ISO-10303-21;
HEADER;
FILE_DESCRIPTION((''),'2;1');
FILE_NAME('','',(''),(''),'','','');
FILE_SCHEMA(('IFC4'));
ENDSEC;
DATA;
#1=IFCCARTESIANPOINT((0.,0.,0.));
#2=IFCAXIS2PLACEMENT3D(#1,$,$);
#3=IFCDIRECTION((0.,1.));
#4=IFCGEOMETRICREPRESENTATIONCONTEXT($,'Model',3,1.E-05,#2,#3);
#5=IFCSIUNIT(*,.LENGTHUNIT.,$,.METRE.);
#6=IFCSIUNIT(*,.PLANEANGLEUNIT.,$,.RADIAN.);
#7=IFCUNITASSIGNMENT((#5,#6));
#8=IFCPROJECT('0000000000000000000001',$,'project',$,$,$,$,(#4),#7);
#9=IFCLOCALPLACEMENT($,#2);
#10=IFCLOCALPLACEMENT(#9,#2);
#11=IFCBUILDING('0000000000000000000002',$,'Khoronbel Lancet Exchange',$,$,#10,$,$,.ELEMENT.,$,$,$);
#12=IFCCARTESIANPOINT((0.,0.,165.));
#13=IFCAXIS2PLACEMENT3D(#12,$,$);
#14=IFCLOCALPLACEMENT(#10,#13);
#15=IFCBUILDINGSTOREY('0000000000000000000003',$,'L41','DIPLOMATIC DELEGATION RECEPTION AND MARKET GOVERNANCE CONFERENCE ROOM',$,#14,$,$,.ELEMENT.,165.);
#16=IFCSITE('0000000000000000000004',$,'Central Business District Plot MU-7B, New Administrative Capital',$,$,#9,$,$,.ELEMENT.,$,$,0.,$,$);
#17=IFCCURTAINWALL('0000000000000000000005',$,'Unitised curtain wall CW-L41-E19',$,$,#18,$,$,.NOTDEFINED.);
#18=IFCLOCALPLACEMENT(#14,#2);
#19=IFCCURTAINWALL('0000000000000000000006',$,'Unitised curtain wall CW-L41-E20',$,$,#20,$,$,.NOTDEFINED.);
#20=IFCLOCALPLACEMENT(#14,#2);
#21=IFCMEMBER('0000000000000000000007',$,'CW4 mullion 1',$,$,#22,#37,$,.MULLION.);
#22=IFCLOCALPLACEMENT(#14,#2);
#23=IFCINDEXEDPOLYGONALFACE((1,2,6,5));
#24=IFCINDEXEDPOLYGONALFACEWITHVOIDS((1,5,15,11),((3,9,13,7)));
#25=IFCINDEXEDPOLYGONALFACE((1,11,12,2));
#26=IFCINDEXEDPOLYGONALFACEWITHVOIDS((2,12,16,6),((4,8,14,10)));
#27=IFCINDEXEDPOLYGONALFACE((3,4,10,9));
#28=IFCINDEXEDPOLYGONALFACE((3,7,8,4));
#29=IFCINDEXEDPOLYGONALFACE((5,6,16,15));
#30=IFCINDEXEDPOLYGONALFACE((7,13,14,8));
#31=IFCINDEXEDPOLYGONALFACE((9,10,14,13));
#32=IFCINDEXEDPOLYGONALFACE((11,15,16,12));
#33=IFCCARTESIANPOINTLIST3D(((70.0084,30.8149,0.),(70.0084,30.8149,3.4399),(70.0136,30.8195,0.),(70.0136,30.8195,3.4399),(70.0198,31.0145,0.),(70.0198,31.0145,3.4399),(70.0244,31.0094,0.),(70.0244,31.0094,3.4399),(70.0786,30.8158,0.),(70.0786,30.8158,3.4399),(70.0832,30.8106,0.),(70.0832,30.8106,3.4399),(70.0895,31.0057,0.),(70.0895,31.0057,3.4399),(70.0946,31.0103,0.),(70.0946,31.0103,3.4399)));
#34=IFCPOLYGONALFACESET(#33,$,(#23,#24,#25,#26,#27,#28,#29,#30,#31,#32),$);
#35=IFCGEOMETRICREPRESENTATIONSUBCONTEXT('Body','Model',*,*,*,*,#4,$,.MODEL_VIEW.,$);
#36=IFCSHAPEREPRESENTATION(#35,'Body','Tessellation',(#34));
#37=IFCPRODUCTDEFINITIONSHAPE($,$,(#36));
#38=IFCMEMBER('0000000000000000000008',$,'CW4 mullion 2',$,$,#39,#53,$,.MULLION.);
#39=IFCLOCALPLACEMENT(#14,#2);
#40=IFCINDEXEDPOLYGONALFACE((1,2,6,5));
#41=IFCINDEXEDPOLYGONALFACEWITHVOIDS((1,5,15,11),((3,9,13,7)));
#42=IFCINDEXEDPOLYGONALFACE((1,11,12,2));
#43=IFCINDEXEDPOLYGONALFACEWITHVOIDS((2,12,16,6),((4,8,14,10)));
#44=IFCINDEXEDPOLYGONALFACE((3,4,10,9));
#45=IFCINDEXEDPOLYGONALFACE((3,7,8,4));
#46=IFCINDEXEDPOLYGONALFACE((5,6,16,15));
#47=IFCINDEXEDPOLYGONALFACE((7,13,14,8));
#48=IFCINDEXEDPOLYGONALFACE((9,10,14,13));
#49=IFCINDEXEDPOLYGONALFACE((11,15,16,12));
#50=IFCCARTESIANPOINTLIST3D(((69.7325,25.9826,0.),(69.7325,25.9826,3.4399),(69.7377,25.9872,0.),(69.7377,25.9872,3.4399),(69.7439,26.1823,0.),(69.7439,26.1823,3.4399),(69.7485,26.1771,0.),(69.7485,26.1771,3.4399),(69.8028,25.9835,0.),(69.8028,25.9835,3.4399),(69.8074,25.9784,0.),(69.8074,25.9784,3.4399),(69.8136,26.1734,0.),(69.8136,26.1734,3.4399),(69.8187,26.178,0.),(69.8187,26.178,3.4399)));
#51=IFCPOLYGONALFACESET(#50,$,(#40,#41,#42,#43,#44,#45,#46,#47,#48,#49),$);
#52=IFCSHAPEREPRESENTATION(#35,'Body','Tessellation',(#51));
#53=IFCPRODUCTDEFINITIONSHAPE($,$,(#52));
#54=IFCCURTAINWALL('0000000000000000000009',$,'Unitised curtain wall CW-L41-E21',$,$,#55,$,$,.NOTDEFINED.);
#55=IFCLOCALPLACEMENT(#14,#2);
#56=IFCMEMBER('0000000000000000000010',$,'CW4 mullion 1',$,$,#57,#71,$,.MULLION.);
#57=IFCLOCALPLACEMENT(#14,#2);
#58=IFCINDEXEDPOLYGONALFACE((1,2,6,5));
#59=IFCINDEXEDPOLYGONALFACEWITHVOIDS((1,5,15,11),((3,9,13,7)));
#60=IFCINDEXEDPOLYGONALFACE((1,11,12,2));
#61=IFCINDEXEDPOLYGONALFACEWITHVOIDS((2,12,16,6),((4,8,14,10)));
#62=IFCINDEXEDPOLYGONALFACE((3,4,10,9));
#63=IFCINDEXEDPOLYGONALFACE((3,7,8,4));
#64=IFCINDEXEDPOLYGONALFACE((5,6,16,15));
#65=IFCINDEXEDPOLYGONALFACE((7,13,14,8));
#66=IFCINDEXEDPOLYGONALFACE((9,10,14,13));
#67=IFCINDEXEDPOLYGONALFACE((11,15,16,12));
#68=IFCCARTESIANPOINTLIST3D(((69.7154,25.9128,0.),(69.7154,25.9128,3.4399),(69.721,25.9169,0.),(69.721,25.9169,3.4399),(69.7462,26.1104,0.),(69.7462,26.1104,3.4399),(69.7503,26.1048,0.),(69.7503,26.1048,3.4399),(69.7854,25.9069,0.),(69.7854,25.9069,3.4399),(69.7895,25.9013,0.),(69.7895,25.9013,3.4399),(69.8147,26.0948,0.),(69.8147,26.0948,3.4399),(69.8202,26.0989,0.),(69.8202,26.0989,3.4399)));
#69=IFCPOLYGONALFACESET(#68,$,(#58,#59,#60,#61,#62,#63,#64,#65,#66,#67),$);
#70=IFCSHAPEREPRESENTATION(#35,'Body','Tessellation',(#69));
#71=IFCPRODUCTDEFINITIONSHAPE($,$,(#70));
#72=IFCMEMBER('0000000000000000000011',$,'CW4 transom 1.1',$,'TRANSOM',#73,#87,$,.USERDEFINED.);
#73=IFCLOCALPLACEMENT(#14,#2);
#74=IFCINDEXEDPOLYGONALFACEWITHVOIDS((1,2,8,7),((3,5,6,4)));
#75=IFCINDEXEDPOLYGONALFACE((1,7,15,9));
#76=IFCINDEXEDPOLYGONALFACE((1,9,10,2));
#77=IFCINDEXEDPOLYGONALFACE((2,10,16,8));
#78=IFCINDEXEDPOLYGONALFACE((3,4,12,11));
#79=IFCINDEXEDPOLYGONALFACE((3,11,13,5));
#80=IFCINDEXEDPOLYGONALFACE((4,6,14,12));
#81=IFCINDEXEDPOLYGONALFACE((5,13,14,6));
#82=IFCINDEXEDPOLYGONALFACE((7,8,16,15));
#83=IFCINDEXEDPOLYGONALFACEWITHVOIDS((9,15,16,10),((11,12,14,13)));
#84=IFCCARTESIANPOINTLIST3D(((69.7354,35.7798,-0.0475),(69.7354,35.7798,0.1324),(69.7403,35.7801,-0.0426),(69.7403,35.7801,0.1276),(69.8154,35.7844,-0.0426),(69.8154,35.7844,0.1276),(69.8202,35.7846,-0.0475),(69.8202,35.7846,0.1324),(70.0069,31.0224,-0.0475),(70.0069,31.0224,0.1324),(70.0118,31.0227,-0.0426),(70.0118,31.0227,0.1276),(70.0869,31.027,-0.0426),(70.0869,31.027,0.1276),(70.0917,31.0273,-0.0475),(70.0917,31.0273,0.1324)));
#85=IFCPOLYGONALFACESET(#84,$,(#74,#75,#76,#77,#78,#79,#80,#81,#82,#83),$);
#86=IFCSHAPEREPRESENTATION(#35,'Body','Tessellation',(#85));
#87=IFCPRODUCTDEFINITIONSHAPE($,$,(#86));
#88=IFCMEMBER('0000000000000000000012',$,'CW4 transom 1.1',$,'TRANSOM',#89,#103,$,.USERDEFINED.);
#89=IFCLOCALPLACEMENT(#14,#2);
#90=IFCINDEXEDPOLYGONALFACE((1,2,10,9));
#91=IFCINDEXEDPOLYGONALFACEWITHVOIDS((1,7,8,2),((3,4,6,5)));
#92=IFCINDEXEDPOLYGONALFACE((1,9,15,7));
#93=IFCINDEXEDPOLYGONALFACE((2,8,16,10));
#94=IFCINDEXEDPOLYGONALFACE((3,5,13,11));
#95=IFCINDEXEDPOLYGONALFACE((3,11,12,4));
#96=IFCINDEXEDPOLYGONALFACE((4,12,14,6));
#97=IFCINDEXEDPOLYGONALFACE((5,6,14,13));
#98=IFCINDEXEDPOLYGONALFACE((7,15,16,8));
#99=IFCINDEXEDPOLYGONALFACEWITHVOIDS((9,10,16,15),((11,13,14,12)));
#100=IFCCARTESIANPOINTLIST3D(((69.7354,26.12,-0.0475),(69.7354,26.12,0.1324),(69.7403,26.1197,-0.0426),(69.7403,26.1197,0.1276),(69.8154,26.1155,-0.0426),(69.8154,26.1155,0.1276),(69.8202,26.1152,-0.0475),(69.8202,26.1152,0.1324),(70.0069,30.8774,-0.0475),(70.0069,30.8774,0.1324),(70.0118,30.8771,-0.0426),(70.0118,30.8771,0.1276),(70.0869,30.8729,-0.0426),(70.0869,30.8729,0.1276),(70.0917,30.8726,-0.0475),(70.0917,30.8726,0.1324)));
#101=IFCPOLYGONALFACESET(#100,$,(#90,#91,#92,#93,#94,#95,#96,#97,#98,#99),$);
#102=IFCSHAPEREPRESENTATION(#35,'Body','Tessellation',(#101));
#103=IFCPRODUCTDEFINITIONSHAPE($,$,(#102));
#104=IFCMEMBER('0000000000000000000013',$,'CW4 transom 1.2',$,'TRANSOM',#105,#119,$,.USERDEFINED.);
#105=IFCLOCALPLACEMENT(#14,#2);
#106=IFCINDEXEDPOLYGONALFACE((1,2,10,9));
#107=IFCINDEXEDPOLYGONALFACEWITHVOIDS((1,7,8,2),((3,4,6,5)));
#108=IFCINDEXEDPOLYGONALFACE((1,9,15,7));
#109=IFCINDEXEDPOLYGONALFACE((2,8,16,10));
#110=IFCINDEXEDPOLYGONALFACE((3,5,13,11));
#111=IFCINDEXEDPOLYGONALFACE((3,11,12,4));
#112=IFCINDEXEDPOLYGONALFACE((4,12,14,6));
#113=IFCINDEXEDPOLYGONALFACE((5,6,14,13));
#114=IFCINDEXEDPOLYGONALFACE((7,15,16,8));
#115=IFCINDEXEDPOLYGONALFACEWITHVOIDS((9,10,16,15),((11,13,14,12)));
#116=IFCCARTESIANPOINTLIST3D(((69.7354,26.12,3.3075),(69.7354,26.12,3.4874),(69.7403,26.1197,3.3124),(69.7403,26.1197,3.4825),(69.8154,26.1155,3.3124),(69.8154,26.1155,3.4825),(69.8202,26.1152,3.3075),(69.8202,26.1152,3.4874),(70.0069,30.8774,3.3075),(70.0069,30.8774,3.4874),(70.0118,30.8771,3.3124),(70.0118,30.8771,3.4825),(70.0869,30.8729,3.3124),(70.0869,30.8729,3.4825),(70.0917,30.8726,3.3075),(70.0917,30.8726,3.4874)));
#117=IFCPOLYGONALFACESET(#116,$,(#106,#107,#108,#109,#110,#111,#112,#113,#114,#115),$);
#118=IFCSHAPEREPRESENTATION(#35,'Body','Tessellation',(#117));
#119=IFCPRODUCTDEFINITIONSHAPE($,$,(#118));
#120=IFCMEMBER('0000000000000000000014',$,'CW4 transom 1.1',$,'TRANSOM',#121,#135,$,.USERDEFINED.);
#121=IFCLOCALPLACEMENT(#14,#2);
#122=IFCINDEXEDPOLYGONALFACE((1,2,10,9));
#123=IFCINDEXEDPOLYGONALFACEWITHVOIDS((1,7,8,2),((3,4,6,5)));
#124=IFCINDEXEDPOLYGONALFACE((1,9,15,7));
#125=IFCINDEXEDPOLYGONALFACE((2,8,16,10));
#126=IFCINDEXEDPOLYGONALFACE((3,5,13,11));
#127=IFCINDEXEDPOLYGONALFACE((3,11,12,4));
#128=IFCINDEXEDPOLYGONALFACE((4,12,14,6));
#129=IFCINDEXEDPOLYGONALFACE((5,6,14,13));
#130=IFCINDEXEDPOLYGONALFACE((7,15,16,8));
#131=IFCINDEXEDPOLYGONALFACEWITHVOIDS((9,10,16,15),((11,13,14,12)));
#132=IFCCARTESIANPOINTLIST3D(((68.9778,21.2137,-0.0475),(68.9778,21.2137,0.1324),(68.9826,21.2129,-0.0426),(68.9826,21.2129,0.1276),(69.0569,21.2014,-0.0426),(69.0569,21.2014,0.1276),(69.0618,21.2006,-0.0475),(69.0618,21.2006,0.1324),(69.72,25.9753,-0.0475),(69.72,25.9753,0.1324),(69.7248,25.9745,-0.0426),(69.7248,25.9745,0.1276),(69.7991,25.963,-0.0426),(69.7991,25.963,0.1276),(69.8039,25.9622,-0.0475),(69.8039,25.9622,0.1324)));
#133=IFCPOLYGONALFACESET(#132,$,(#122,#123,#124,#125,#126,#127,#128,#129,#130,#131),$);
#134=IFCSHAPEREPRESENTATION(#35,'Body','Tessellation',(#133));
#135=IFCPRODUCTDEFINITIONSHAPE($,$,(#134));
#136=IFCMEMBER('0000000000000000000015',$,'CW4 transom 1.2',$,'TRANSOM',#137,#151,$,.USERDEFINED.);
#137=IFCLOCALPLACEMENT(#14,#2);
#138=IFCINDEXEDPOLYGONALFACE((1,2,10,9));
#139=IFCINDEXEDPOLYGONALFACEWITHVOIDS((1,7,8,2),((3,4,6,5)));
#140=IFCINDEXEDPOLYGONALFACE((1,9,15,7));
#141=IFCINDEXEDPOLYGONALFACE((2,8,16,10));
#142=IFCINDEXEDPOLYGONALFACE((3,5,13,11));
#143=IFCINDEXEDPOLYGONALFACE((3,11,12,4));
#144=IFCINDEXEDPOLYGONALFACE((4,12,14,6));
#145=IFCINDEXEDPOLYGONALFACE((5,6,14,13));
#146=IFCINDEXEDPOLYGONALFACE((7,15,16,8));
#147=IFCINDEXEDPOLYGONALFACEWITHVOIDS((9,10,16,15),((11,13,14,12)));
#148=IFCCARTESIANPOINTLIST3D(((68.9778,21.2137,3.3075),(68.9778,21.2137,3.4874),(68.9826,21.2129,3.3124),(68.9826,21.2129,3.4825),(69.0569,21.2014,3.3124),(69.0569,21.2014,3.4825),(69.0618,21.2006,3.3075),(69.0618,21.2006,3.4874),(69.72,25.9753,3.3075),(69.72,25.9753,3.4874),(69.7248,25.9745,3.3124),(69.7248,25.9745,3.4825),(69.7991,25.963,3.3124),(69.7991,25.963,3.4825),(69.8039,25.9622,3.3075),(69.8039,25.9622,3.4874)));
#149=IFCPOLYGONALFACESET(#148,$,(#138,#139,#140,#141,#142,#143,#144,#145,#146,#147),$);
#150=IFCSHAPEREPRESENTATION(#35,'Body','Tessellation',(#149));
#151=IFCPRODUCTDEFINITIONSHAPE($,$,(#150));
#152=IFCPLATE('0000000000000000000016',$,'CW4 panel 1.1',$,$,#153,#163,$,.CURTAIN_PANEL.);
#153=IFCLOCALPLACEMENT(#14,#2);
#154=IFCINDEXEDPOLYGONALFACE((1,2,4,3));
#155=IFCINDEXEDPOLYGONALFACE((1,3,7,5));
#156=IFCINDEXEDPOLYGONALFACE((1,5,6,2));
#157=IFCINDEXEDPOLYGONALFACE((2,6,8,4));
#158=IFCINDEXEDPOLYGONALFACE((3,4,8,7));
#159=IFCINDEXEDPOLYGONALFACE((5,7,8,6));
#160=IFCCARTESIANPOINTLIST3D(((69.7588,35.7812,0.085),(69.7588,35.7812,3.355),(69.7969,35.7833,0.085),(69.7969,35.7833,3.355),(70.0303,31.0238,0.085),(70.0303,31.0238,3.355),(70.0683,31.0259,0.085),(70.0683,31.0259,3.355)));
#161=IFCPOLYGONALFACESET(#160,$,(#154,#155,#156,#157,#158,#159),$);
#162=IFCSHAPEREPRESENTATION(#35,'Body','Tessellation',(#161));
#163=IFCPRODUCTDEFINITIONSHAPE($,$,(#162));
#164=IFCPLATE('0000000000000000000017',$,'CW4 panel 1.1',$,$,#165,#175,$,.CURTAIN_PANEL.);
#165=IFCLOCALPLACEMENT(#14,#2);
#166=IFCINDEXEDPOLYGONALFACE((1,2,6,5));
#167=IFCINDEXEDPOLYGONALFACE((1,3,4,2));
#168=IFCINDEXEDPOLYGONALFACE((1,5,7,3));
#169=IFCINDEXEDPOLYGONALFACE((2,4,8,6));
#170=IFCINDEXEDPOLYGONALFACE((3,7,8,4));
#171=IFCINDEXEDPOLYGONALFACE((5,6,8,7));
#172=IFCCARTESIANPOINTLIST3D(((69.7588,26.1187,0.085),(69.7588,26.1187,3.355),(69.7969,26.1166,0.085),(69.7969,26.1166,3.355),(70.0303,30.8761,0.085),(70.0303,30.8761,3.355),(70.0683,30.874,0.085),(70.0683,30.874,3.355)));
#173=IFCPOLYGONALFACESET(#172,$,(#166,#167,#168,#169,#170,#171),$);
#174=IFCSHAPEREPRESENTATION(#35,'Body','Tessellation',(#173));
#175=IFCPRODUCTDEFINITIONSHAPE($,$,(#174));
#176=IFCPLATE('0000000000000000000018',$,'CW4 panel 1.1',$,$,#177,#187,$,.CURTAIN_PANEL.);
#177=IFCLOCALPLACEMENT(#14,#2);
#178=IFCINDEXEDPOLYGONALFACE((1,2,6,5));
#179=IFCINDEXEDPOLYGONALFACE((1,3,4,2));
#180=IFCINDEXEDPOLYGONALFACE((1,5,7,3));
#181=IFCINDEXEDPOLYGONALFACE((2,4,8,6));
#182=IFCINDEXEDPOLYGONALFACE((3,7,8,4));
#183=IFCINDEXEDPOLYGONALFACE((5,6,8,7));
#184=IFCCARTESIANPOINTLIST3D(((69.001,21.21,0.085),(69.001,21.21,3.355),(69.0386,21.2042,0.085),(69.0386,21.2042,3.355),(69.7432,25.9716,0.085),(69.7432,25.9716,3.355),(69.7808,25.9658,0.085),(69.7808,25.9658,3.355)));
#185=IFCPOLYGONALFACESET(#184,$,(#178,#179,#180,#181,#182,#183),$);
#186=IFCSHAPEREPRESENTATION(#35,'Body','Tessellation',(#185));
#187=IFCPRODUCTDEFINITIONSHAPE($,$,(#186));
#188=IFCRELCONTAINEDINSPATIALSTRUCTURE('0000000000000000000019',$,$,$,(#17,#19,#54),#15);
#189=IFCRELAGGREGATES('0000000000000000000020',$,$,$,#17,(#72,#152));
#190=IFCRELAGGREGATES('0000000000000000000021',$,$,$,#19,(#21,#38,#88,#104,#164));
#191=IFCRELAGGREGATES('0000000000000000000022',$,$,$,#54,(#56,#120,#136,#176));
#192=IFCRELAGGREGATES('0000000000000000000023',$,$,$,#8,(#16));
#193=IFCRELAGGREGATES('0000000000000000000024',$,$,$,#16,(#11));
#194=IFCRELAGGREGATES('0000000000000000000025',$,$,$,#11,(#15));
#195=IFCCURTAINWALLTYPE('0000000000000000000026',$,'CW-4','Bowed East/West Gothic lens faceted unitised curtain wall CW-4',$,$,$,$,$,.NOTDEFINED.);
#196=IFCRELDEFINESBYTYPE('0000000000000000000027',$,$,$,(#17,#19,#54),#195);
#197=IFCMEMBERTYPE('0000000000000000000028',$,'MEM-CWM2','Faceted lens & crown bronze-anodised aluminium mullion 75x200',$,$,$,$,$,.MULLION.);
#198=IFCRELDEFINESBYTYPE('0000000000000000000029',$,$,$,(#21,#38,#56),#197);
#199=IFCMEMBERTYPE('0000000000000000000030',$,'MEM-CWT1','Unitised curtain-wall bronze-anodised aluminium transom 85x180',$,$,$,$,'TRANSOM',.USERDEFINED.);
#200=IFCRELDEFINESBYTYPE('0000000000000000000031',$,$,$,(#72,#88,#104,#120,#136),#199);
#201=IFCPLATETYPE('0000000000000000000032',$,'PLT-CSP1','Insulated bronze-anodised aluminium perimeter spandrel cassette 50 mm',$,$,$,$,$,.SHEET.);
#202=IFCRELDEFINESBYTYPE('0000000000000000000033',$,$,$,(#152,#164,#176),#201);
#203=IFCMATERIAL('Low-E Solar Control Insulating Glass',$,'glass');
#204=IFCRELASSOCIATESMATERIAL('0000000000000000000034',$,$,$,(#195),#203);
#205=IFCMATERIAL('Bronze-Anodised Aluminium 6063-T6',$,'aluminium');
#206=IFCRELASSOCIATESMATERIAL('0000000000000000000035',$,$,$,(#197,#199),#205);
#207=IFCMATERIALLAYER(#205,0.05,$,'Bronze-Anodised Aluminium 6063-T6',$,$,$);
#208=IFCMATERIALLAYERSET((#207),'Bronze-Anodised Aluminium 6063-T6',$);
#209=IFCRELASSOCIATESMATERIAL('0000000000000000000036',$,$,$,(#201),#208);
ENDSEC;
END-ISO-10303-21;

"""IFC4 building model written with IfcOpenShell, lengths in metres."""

from ifc_helpers import new_model, si_unit, direction, frame, origin, origin_2d, place, context, subcontext, project, spatial, rectangle, hollow_rectangle, extrude, material, layer, layer_set, material_profile, profile_set, type_object, element, aggregate, save


model = new_model("IFC4")

# Units and contexts
model_context = context("Model", 3, precision=1e-05, world=origin(), true_north=direction((0.0, 1.0)))
body_context = subcontext(model_context, "Body", "Model", "MODEL_VIEW")
ifc_project = project(units=[si_unit("LENGTHUNIT", "METRE"), si_unit("PLANEANGLEUNIT", "RADIAN")], contexts=[model_context])

# Site, building, storey
site_placement = place(None, origin())
site = spatial("IfcSite", under=ifc_project, at=site_placement, Name="Central Business District Plot MU-7B, New Administrative Capital", CompositionType="ELEMENT", RefElevation=0.0)
building_placement = place(site_placement, origin())
building = spatial("IfcBuilding", under=site, at=building_placement, Name="Khoronbel Lancet Exchange", CompositionType="ELEMENT")
storey_placement = place(building_placement, frame((0.0, 0.0, 165.0)))
storey = spatial("IfcBuildingStorey", under=building, at=storey_placement, Name="L41", Description="DIPLOMATIC DELEGATION RECEPTION AND MARKET GOVERNANCE CONFERENCE ROOM", CompositionType="ELEMENT", Elevation=165.0)

# Curtain wall
ifc_material_1 = material(Name="Low-E Solar Control Insulating Glass", Category="glass")
curtain_wall_type = type_object("IfcCurtainWallType", Name="CW-4", Description="Bowed East/West Gothic lens faceted unitised curtain wall CW-4", PredefinedType="NOTDEFINED", material=ifc_material_1)
curtain_wall_1_placement = place(storey_placement, origin())
curtain_wall_1 = element("IfcCurtainWall", 1, at=curtain_wall_1_placement, inside=storey, type_object=curtain_wall_type, Name="Unitised curtain wall CW-L41-E19", PredefinedType="NOTDEFINED")
ifc_material_2 = material(Name="Bronze-Anodised Aluminium 6063-T6", Category="aluminium")
ifc_material_profile_1 = material_profile(ifc_material_2, hollow_rectangle(XDim=0.075, YDim=0.2, WallThickness=0.0049, at=origin_2d()), Name="ALU MULLION 75x200")
ifc_profile_set_1 = profile_set([ifc_material_profile_1], Name="Bronze-Anodised Aluminium 6063-T6")
member_type_1 = type_object("IfcMemberType", Name="MEM-CWM2", Description="Faceted lens & crown bronze-anodised aluminium mullion 75x200", PredefinedType="MULLION", material=ifc_profile_set_1)

# Curtain wall, members
curtain_wall_2_placement = place(storey_placement, origin())
curtain_wall_2 = element("IfcCurtainWall", 2, at=curtain_wall_2_placement, inside=storey, type_object=curtain_wall_type, Name="Unitised curtain wall CW-L41-E20", PredefinedType="NOTDEFINED")
member_1_placement = place(storey_placement, frame((70.0515, 30.9126, 0.0), z_axis=(0.0, 0.0, 1.0), x_axis=(0.998376, -0.056966, 0.0)))
member_1 = element("IfcMember", 3, at=member_1_placement, type_object=member_type_1, Name="CW4 mullion 1", PredefinedType="MULLION", context=body_context, shape_type="SweptSolid", body=[
    extrude(hollow_rectangle(XDim=0.075, YDim=0.2, WallThickness=0.0049, at=origin_2d()), origin(), (0.0, 0.0, 1.0), 3.4399),
])
member_2_placement = place(storey_placement, frame((69.7756, 26.0803, 0.0), z_axis=(0.0, 0.0, 1.0), x_axis=(0.998376, -0.056966, 0.0)))
member_2 = element("IfcMember", 4, at=member_2_placement, type_object=member_type_1, Name="CW4 mullion 2", PredefinedType="MULLION", context=body_context, shape_type="SweptSolid", body=[
    extrude(hollow_rectangle(XDim=0.075, YDim=0.2, WallThickness=0.0049, at=origin_2d()), origin(), (0.0, 0.0, 1.0), 3.4399),
])

# Curtain wall, member
curtain_wall_3_placement = place(storey_placement, origin())
curtain_wall_3 = element("IfcCurtainWall", 5, at=curtain_wall_3_placement, inside=storey, type_object=curtain_wall_type, Name="Unitised curtain wall CW-L41-E21", PredefinedType="NOTDEFINED")
member_3_placement = place(storey_placement, frame((69.7678, 26.0059, 0.0), z_axis=(0.0, 0.0, 1.0), x_axis=(0.988069, -0.154012, 0.0)))
member_3 = element("IfcMember", 6, at=member_3_placement, type_object=member_type_1, Name="CW4 mullion 1", PredefinedType="MULLION", context=body_context, shape_type="SweptSolid", body=[
    extrude(hollow_rectangle(XDim=0.075, YDim=0.2, WallThickness=0.0049, at=origin_2d()), origin(), (0.0, 0.0, 1.0), 3.4399),
])

# Members
ifc_material_profile_2 = material_profile(ifc_material_2, hollow_rectangle(XDim=0.085, YDim=0.1799, WallThickness=0.0049, at=origin_2d()), Name="ALU TRANSOM 85x180")
ifc_profile_set_2 = profile_set([ifc_material_profile_2], Name="Bronze-Anodised Aluminium 6063-T6")
member_type_2 = type_object("IfcMemberType", Name="MEM-CWT1", Description="Unitised curtain-wall bronze-anodised aluminium transom 85x180", ElementType="TRANSOM", PredefinedType="USERDEFINED", material=ifc_profile_set_2)
member_4_placement = place(storey_placement, frame((69.7778, 35.7822, 0.0425), z_axis=(0.056974, -0.998376, 0.0), x_axis=(0.998376, 0.056974, 0.0)))
member_4 = element("IfcMember", 7, at=member_4_placement, type_object=member_type_2, Name="CW4 transom 1.1", ObjectType="TRANSOM", PredefinedType="USERDEFINED", context=body_context, shape_type="SweptSolid", body=[
    extrude(hollow_rectangle(XDim=0.085, YDim=0.1799, WallThickness=0.0049, at=origin_2d()), origin(), (0.0, 0.0, 1.0), 4.7651),
])
member_5_placement = place(storey_placement, frame((70.0493, 30.875, 0.0425), z_axis=(-0.056974, -0.998376, 0.0), x_axis=(0.998376, -0.056974, 0.0)))
member_5 = element("IfcMember", 8, at=member_5_placement, type_object=member_type_2, Name="CW4 transom 1.1", ObjectType="TRANSOM", PredefinedType="USERDEFINED", context=body_context, shape_type="SweptSolid", body=[
    extrude(hollow_rectangle(XDim=0.085, YDim=0.1799, WallThickness=0.0049, at=origin_2d()), origin(), (0.0, 0.0, 1.0), 4.7651),
])
member_6_placement = place(storey_placement, frame((70.0493, 30.875, 3.3975), z_axis=(-0.056974, -0.998376, 0.0), x_axis=(0.998376, -0.056974, 0.0)))
member_6 = element("IfcMember", 9, at=member_6_placement, type_object=member_type_2, Name="CW4 transom 1.2", ObjectType="TRANSOM", PredefinedType="USERDEFINED", context=body_context, shape_type="SweptSolid", body=[
    extrude(hollow_rectangle(XDim=0.085, YDim=0.1799, WallThickness=0.0049, at=origin_2d()), origin(), (0.0, 0.0, 1.0), 4.7651),
])
member_7_placement = place(storey_placement, frame((69.762, 25.9688, 0.0425), z_axis=(-0.154006, -0.98807, 0.0), x_axis=(0.98807, -0.154006, 0.0)))
member_7 = element("IfcMember", 10, at=member_7_placement, type_object=member_type_2, Name="CW4 transom 1.1", ObjectType="TRANSOM", PredefinedType="USERDEFINED", context=body_context, shape_type="SweptSolid", body=[
    extrude(hollow_rectangle(XDim=0.085, YDim=0.1799, WallThickness=0.0049, at=origin_2d()), origin(), (0.0, 0.0, 1.0), 4.8191),
])
member_8_placement = place(storey_placement, frame((69.762, 25.9688, 3.3975), z_axis=(-0.154006, -0.98807, 0.0), x_axis=(0.98807, -0.154006, 0.0)))
member_8 = element("IfcMember", 11, at=member_8_placement, type_object=member_type_2, Name="CW4 transom 1.2", ObjectType="TRANSOM", PredefinedType="USERDEFINED", context=body_context, shape_type="SweptSolid", body=[
    extrude(hollow_rectangle(XDim=0.085, YDim=0.1799, WallThickness=0.0049, at=origin_2d()), origin(), (0.0, 0.0, 1.0), 4.8191),
])

# Plates
ifc_layer_1 = layer(ifc_material_2, 0.05, Name="Bronze-Anodised Aluminium 6063-T6")
ifc_layer_set_1 = layer_set([ifc_layer_1], Name="Bronze-Anodised Aluminium 6063-T6")
plate_type_1 = type_object("IfcPlateType", Name="PLT-CSP1", Description="Insulated bronze-anodised aluminium perimeter spandrel cassette 50 mm", PredefinedType="SHEET", material=ifc_layer_set_1)
plate_1_placement = place(storey_placement, frame((69.9136, 33.4036, 0.085), z_axis=(0.0, 0.0, 1.0), x_axis=(0.056966, -0.998376, 0.0)))
plate_1 = element("IfcPlate", 12, at=plate_1_placement, type_object=plate_type_1, Name="CW4 panel 1.1", PredefinedType="CURTAIN_PANEL", context=body_context, shape_type="SweptSolid", body=[
    extrude(rectangle(XDim=4.7651, YDim=0.0381, at=origin_2d()), origin(), (0.0, 0.0, 1.0), 3.27),
])
aggregate(curtain_wall_1, [member_4, plate_1])
plate_2_placement = place(storey_placement, frame((69.9136, 28.4963, 0.085), z_axis=(0.0, 0.0, 1.0), x_axis=(-0.056966, -0.998376, 0.0)))
plate_2 = element("IfcPlate", 13, at=plate_2_placement, type_object=plate_type_1, Name="CW4 panel 1.1", PredefinedType="CURTAIN_PANEL", context=body_context, shape_type="SweptSolid", body=[
    extrude(rectangle(XDim=4.7651, YDim=0.0381, at=origin_2d()), origin(), (0.0, 0.0, 1.0), 3.27),
])
aggregate(curtain_wall_2, [member_1, member_2, member_5, member_6, plate_2])
plate_3_placement = place(storey_placement, frame((69.3909, 23.5879, 0.085), z_axis=(0.0, 0.0, 1.0), x_axis=(-0.154012, -0.988069, 0.0)))
plate_3 = element("IfcPlate", 14, at=plate_3_placement, type_object=plate_type_1, Name="CW4 panel 1.1", PredefinedType="CURTAIN_PANEL", context=body_context, shape_type="SweptSolid", body=[
    extrude(rectangle(XDim=4.8191, YDim=0.0381, at=origin_2d()), origin(), (0.0, 0.0, 1.0), 3.27),
])
aggregate(curtain_wall_3, [member_3, member_7, member_8, plate_3])

save(model, "model.ifc")
